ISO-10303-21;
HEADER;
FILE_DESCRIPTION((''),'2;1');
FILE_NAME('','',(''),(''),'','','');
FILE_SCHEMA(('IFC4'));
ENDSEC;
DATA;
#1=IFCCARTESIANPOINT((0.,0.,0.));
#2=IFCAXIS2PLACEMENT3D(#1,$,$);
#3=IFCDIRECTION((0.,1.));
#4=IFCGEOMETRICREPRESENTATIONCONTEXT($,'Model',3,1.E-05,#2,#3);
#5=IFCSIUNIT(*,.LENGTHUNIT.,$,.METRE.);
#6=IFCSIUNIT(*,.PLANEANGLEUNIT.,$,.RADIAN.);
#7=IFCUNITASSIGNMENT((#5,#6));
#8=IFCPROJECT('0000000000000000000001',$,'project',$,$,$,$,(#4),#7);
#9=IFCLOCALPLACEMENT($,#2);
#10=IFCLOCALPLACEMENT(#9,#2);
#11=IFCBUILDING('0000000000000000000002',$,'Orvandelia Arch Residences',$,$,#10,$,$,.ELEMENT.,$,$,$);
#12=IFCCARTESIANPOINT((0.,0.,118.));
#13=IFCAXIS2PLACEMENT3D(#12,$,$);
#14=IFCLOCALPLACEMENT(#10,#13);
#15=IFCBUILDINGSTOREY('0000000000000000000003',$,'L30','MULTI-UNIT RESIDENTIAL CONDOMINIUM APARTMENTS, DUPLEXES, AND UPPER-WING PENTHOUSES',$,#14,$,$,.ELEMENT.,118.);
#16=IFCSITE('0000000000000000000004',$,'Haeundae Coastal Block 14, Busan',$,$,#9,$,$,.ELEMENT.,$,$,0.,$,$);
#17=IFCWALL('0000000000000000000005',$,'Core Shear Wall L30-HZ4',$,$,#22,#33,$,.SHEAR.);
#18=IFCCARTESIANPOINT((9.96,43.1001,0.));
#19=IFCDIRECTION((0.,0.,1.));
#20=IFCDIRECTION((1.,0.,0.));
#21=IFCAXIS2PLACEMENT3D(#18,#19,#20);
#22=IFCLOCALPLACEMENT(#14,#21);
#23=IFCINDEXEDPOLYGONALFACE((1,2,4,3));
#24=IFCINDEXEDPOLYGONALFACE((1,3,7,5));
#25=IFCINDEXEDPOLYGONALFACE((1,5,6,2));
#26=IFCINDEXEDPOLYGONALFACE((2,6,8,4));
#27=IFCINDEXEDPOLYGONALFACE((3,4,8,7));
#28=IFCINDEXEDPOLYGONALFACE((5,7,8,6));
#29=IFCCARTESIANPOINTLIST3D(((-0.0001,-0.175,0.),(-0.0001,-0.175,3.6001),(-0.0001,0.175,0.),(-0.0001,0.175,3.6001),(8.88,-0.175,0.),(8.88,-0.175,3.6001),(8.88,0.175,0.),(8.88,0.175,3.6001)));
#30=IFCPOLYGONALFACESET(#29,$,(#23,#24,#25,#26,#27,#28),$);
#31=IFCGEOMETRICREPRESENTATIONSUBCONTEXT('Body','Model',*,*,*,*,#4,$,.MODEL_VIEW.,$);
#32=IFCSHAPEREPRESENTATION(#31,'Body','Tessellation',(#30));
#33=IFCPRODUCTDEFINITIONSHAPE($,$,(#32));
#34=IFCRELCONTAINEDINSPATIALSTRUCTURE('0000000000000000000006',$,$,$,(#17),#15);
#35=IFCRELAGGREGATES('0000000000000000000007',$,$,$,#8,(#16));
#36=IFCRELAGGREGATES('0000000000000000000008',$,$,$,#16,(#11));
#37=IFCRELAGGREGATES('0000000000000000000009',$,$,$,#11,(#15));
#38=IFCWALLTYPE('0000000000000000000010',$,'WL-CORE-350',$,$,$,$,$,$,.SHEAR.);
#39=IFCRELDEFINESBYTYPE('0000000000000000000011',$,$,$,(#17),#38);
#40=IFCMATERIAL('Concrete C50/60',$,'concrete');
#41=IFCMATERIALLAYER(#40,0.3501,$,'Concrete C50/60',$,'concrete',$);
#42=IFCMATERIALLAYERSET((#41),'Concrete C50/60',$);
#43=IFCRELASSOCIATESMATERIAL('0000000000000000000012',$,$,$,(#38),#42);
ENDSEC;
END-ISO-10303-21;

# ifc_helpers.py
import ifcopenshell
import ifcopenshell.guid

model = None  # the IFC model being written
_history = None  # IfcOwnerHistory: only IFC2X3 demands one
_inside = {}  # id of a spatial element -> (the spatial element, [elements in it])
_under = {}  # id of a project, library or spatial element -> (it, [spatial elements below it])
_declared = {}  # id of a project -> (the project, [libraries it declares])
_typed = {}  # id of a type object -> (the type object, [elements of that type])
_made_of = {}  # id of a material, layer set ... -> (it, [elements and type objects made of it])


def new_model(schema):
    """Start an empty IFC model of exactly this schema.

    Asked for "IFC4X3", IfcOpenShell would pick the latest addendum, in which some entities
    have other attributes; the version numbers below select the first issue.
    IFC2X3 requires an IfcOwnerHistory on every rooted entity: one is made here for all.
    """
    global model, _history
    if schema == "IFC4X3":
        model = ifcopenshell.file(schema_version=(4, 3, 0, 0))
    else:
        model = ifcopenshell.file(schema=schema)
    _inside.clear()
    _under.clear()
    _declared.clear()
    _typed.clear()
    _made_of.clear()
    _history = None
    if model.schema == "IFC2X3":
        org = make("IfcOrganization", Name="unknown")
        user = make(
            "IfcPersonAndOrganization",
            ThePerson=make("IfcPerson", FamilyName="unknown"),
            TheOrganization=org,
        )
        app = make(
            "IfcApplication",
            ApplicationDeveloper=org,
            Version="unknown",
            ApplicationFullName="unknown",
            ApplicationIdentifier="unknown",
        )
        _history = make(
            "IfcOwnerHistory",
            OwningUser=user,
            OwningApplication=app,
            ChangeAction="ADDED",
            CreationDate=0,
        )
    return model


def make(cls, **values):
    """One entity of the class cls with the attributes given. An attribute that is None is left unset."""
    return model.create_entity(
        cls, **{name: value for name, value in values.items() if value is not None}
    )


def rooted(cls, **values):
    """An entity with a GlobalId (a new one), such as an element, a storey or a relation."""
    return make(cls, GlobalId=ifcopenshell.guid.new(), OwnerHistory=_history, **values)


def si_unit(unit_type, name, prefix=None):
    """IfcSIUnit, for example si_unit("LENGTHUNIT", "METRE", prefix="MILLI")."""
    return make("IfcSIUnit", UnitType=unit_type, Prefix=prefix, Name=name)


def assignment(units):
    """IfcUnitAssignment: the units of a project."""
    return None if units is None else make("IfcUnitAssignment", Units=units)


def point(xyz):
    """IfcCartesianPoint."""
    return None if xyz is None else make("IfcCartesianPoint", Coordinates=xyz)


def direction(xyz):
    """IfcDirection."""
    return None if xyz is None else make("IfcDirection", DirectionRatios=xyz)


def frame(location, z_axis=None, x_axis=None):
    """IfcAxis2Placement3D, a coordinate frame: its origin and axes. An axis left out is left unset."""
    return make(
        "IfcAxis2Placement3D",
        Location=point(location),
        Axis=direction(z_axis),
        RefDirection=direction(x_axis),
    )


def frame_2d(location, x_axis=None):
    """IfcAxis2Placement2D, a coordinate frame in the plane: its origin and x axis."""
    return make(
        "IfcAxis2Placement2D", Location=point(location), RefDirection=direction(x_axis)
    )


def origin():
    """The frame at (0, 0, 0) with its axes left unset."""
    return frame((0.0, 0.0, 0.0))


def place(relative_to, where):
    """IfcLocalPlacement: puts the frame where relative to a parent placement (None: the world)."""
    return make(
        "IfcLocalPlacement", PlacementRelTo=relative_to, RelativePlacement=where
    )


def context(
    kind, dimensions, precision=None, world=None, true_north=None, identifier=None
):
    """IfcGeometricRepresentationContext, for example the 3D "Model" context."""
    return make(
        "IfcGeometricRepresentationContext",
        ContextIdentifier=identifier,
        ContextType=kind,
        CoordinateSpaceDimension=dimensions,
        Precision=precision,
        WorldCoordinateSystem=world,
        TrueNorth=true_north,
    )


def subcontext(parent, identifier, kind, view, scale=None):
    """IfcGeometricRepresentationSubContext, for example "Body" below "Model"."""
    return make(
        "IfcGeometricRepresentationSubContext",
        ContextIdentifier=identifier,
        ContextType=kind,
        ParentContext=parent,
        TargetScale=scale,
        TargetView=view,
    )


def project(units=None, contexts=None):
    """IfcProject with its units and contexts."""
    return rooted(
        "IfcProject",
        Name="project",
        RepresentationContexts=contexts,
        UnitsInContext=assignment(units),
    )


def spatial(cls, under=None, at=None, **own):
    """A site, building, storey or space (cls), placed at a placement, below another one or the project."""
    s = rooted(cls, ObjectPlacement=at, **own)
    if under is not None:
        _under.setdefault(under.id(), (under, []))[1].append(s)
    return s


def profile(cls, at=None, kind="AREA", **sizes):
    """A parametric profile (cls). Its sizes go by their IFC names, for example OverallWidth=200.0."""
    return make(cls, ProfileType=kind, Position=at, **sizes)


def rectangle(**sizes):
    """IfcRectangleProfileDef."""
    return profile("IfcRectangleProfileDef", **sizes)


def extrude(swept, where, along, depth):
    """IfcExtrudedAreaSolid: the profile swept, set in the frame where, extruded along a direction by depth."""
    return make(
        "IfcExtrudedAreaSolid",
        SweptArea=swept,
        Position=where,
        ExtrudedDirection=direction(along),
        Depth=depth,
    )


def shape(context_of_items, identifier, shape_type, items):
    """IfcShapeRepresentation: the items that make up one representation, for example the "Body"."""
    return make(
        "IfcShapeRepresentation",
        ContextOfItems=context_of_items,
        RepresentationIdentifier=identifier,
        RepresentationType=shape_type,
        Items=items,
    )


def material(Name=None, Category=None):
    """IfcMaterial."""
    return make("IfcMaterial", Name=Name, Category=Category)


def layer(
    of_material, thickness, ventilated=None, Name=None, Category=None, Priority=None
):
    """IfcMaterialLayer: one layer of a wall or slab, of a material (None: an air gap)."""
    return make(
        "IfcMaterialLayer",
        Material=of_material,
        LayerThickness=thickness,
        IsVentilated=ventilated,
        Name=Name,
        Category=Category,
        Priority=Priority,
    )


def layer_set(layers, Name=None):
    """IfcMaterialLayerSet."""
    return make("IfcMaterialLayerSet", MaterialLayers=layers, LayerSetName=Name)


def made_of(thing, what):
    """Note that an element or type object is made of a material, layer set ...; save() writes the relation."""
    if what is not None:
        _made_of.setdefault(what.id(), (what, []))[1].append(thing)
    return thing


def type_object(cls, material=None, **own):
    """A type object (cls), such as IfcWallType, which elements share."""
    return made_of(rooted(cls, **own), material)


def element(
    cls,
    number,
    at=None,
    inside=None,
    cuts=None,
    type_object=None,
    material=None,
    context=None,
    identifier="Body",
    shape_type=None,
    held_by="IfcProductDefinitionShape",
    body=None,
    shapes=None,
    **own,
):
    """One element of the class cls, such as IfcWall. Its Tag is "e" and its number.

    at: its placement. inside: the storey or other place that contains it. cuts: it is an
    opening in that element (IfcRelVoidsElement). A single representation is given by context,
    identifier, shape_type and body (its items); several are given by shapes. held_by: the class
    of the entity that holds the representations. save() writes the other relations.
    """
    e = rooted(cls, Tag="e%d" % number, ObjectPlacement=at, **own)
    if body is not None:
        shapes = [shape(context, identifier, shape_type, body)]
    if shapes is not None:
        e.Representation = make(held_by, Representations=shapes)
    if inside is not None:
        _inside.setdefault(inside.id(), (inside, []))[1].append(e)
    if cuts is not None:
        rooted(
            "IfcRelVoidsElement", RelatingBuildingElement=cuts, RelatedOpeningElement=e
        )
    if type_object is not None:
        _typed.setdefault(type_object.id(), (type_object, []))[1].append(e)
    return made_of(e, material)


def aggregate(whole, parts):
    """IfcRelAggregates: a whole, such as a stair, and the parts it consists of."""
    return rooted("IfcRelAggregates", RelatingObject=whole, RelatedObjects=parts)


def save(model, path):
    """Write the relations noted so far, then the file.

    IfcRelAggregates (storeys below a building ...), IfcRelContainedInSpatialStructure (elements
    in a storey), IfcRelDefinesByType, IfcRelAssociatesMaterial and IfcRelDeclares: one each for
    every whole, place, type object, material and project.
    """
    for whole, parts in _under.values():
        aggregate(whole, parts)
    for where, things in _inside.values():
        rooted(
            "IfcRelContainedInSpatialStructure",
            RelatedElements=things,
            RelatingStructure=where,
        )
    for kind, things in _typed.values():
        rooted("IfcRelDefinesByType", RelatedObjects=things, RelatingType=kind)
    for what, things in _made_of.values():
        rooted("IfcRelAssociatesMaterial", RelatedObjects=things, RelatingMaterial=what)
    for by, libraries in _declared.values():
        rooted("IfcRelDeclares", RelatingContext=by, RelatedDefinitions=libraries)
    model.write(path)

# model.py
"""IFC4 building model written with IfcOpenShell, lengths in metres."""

from ifc_helpers import new_model, si_unit, direction, frame, frame_2d, origin, place, context, subcontext, project, spatial, rectangle, extrude, material, layer, layer_set, type_object, element, save


model = new_model("IFC4")

# Units and contexts
model_context = context("Model", 3, precision=1e-05, world=origin(), true_north=direction((0.0, 1.0)))
body_context = subcontext(model_context, "Body", "Model", "MODEL_VIEW")
ifc_project = project(units=[si_unit("LENGTHUNIT", "METRE"), si_unit("PLANEANGLEUNIT", "RADIAN")], contexts=[model_context])

# Site, building, storey
site_placement = place(None, origin())
site = spatial("IfcSite", under=ifc_project, at=site_placement, Name="Haeundae Coastal Block 14, Busan", CompositionType="ELEMENT", RefElevation=0.0)
building_placement = place(site_placement, origin())
building = spatial("IfcBuilding", under=site, at=building_placement, Name="Orvandelia Arch Residences", CompositionType="ELEMENT")
storey_placement = place(building_placement, frame((0.0, 0.0, 118.0)))
storey = spatial("IfcBuildingStorey", under=building, at=storey_placement, Name="L30", Description="MULTI-UNIT RESIDENTIAL CONDOMINIUM APARTMENTS, DUPLEXES, AND UPPER-WING PENTHOUSES", CompositionType="ELEMENT", Elevation=118.0)

# Wall
ifc_material_1 = material(Name="Concrete C50/60", Category="concrete")
ifc_layer_1 = layer(ifc_material_1, 0.3501, Name="Concrete C50/60", Category="concrete")
ifc_layer_set_1 = layer_set([ifc_layer_1], Name="Concrete C50/60")
wall_type_1 = type_object("IfcWallType", Name="WL-CORE-350", PredefinedType="SHEAR", material=ifc_layer_set_1)
wall_1_placement = place(storey_placement, frame((9.96, 43.1001, 0.0), z_axis=(0.0, 0.0, 1.0), x_axis=(1.0, 0.0, 0.0)))
element("IfcWall", 1, at=wall_1_placement, inside=storey, type_object=wall_type_1, Name="Core Shear Wall L30-HZ4", PredefinedType="SHEAR", context=body_context, shape_type="SweptSolid", body=[
    extrude(rectangle(XDim=8.8801, YDim=0.3501, at=frame_2d((4.4399, 0.0))), origin(), (0.0, 0.0, 1.0), 3.6001),
])

save(model, "model.ifc")
